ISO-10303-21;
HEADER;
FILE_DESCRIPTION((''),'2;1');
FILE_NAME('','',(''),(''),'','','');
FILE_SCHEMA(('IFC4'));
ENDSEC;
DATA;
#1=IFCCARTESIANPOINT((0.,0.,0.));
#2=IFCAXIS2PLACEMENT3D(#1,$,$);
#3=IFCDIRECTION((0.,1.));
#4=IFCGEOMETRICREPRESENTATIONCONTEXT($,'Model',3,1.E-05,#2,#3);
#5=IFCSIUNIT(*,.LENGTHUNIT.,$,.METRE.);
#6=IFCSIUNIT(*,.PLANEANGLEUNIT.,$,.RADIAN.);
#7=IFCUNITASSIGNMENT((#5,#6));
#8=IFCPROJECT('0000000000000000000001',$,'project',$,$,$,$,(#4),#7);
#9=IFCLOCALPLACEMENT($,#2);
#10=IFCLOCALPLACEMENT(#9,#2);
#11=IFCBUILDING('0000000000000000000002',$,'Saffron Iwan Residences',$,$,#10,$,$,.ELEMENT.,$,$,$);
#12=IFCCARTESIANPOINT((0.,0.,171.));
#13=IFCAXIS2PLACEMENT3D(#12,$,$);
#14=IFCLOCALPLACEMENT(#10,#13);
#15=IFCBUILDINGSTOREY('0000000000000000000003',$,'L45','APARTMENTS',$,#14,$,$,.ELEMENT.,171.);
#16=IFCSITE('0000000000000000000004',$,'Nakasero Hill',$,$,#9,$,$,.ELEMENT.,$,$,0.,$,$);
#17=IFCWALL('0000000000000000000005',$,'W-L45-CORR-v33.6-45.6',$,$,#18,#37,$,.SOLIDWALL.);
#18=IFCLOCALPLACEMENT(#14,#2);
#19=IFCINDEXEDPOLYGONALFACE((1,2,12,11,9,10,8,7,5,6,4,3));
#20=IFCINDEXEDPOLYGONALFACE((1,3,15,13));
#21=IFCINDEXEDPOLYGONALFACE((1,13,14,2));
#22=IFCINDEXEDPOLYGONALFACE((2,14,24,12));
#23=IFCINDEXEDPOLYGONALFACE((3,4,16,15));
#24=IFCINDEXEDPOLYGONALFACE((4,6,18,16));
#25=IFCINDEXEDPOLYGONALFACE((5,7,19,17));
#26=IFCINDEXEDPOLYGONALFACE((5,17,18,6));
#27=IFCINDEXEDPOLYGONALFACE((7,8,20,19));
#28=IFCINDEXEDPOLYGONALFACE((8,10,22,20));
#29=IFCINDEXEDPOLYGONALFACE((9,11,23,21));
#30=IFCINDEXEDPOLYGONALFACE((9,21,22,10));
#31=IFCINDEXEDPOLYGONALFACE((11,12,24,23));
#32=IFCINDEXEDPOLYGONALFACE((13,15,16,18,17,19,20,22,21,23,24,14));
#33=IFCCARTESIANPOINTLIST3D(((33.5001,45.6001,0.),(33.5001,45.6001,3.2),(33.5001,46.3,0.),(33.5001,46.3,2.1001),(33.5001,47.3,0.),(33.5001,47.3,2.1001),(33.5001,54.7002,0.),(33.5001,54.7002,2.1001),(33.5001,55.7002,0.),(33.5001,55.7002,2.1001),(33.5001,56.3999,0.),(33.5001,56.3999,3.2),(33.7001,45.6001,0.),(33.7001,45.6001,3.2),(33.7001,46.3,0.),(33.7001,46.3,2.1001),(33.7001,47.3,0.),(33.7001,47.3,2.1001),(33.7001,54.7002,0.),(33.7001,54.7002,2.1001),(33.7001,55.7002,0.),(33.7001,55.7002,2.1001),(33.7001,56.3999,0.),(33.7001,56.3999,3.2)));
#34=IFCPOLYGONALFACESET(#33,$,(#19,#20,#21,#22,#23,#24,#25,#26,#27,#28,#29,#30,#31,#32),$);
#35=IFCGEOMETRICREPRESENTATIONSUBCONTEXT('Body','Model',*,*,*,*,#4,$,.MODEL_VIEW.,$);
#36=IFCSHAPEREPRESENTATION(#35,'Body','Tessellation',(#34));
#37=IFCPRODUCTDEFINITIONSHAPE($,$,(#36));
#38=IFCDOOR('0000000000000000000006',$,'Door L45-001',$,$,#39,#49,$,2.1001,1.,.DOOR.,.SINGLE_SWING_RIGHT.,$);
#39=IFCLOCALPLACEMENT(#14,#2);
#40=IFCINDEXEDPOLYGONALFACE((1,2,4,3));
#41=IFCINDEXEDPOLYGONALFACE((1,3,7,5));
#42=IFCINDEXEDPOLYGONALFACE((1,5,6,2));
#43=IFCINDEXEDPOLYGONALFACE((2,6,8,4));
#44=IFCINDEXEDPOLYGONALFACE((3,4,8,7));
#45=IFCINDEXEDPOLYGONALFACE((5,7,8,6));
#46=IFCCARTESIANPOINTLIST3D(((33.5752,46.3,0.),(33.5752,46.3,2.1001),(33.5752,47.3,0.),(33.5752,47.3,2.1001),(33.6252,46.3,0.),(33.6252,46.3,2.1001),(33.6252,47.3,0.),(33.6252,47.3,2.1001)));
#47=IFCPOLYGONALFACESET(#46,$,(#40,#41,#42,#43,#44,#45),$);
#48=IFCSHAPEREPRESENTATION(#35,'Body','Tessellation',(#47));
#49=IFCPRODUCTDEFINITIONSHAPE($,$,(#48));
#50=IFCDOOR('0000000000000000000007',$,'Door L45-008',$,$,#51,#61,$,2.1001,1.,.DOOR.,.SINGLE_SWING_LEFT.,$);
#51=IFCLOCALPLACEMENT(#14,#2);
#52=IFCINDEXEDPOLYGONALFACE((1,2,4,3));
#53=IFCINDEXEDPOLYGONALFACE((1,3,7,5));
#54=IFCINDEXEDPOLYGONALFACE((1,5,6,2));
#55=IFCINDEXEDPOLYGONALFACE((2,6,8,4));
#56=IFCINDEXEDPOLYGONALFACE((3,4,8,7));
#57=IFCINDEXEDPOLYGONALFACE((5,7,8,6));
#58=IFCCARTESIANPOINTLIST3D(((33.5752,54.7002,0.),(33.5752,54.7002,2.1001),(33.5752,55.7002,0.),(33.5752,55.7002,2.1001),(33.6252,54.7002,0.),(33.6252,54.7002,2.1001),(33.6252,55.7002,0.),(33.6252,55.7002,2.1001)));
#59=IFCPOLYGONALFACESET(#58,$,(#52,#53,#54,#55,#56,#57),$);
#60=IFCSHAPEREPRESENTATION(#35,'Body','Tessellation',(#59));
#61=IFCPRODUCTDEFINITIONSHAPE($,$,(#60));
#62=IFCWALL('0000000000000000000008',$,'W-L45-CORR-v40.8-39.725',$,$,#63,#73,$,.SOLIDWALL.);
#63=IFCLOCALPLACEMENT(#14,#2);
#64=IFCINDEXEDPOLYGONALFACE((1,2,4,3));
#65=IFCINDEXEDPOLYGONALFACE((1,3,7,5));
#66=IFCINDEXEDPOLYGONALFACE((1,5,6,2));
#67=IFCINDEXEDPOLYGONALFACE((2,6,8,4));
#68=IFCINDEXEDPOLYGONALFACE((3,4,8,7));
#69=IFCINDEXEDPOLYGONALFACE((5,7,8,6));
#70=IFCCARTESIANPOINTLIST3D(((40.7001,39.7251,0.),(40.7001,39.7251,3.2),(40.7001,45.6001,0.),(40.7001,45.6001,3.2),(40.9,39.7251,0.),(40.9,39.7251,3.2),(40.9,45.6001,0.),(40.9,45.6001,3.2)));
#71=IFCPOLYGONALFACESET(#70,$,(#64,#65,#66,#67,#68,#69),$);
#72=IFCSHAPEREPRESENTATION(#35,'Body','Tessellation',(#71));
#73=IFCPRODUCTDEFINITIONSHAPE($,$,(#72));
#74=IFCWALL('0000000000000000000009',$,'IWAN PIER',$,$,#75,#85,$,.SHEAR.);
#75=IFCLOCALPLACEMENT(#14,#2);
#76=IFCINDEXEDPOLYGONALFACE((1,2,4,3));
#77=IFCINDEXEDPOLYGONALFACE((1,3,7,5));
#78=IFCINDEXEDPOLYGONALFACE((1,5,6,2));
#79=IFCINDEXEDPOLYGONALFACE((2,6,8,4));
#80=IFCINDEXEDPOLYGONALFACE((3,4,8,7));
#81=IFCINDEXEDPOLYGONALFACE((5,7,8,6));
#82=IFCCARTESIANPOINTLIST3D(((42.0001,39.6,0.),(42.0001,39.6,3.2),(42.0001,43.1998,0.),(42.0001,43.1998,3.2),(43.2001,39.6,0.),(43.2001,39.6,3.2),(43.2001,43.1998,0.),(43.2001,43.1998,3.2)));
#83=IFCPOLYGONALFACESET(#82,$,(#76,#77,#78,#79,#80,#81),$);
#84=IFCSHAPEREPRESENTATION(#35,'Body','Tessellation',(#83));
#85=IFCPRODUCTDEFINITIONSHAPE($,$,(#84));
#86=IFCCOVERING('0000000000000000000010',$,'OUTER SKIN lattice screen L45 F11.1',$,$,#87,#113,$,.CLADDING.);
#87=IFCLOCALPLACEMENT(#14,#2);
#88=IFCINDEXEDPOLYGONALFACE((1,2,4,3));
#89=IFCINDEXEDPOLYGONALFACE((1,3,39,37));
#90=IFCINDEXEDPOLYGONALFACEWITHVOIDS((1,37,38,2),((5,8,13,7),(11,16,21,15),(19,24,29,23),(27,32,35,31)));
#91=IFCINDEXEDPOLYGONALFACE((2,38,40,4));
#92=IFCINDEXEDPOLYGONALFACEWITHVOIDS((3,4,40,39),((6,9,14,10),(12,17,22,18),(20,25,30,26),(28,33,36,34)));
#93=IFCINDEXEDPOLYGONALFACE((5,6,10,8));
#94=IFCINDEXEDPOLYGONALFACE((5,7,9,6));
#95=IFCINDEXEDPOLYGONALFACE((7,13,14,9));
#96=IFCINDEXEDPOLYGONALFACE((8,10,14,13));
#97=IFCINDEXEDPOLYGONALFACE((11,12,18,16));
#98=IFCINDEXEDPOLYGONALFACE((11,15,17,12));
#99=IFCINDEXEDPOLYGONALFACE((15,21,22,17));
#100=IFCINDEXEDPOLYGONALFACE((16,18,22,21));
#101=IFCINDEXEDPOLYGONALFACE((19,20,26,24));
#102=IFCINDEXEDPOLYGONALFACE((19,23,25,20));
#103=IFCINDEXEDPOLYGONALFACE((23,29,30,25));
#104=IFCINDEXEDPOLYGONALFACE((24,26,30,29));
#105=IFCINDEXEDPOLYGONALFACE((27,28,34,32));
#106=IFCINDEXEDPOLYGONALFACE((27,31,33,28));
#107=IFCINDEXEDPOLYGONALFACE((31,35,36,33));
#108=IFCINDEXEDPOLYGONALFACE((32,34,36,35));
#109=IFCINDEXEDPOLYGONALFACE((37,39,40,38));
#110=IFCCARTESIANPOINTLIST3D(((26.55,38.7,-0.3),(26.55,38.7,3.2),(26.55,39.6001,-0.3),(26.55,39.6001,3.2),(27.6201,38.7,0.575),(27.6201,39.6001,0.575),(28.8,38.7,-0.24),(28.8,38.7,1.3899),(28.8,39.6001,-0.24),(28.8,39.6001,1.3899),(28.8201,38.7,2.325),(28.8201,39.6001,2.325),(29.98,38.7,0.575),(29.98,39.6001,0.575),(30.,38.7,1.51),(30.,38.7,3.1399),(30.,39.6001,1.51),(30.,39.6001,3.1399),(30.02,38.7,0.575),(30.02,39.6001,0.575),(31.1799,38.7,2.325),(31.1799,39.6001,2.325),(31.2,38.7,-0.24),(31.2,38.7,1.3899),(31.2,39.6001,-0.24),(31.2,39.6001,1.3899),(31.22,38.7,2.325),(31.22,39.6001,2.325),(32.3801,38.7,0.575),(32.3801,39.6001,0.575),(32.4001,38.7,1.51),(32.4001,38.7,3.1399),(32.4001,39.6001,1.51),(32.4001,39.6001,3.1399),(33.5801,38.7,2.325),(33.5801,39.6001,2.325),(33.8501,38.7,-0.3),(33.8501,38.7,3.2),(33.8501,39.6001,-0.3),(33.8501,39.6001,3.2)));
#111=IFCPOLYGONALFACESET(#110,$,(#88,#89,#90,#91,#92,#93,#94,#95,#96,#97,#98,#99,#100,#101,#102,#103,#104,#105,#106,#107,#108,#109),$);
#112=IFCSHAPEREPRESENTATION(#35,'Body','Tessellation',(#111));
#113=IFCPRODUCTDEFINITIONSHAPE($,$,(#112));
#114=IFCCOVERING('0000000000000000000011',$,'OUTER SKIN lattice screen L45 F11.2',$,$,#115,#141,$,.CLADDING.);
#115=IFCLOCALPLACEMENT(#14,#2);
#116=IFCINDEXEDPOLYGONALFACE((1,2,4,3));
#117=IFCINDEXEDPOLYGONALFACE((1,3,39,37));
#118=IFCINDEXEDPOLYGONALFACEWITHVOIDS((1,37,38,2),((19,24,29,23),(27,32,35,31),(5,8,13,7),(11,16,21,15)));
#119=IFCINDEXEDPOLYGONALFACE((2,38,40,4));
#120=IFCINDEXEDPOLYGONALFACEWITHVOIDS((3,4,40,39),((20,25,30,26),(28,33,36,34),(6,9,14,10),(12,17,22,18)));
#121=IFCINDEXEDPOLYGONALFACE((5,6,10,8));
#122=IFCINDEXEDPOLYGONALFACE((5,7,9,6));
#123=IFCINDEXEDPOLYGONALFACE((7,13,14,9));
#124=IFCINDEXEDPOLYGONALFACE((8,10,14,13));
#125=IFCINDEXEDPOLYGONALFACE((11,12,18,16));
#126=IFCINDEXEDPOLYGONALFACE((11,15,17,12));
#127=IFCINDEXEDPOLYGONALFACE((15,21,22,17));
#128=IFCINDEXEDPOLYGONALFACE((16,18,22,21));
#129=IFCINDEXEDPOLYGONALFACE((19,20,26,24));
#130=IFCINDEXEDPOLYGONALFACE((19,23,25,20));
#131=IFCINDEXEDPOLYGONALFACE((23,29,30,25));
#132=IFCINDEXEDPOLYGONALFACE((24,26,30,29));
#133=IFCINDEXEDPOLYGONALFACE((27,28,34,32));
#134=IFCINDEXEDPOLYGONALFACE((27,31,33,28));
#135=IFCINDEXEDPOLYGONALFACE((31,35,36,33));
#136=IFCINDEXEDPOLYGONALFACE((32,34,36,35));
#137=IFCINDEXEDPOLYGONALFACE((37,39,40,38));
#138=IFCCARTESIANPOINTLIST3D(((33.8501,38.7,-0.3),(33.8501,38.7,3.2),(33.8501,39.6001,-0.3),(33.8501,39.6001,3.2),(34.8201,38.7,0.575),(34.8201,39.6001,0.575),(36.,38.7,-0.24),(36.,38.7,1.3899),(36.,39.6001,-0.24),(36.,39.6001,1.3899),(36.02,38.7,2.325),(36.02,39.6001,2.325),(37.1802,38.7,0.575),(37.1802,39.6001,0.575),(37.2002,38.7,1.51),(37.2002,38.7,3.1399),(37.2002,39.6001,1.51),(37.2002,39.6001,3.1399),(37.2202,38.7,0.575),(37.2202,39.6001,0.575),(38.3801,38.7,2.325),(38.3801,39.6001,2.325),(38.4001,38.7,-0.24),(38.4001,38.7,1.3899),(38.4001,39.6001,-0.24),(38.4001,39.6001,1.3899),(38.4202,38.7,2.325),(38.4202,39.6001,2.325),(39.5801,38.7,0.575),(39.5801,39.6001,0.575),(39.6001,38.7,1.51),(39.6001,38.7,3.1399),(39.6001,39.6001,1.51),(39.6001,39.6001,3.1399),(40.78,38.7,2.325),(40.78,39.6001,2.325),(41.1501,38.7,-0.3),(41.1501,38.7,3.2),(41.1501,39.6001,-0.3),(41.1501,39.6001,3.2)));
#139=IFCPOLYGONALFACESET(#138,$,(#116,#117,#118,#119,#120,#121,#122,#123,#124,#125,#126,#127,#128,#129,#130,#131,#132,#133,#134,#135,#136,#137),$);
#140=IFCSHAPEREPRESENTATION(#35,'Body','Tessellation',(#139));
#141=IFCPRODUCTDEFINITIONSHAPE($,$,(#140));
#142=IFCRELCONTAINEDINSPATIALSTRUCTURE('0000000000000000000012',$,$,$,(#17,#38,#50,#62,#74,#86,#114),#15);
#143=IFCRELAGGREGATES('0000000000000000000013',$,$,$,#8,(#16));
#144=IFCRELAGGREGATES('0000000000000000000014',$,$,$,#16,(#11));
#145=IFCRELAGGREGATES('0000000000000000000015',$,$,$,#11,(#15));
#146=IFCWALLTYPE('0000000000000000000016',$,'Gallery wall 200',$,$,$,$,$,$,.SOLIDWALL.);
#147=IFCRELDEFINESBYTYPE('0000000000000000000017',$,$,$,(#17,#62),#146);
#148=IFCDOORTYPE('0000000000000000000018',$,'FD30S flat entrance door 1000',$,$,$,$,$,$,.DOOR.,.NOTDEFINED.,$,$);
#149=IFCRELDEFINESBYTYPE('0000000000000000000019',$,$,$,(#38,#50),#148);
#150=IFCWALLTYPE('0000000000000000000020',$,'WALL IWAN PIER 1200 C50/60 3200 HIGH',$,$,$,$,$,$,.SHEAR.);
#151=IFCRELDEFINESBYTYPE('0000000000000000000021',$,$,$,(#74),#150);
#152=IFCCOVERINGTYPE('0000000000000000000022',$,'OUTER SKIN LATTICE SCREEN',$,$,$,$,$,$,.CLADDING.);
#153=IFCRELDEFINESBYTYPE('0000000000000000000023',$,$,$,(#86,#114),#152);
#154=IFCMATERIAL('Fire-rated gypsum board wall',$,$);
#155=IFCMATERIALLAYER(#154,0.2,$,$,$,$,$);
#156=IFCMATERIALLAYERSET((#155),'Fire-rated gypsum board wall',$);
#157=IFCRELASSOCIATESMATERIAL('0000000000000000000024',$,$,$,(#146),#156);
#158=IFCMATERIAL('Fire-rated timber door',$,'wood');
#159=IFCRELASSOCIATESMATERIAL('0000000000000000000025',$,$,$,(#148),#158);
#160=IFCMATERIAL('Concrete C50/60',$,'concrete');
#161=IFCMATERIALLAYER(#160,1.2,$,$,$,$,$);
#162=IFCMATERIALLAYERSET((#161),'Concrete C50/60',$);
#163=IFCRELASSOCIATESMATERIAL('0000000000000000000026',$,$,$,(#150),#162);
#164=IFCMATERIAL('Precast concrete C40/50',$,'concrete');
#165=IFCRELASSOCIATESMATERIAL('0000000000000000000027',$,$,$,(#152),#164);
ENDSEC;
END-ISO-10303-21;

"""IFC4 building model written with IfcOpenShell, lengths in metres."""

from ifc_helpers import new_model, si_unit, direction, frame, frame_2d, origin, place, context, subcontext, project, spatial, polyline, rectangle, outline, extrude, material, layer, layer_set, type_object, element, fill, save


model = new_model("IFC4")

# Units and contexts
model_context = context("Model", 3, precision=1e-05, world=origin(), true_north=direction((0.0, 1.0)))
body_context = subcontext(model_context, "Body", "Model", "MODEL_VIEW")
ifc_project = project(units=[si_unit("LENGTHUNIT", "METRE"), si_unit("PLANEANGLEUNIT", "RADIAN")], contexts=[model_context])

# Site, building, storey
site_placement = place(None, origin())
site = spatial("IfcSite", under=ifc_project, at=site_placement, Name="Nakasero Hill", CompositionType="ELEMENT", RefElevation=0.0)
building_placement = place(site_placement, origin())
building = spatial("IfcBuilding", under=site, at=building_placement, Name="Saffron Iwan Residences", CompositionType="ELEMENT")
storey_placement = place(building_placement, frame((0.0, 0.0, 171.0)))
storey = spatial("IfcBuildingStorey", under=building, at=storey_placement, Name="L45", Description="APARTMENTS", CompositionType="ELEMENT", Elevation=171.0)

# Shared definitions
ifc_material_1 = material(Name="Concrete C50/60", Category="concrete")

# Shared definitions
ifc_material_2 = material(Name="Fire-rated gypsum board wall")
ifc_layer_1 = layer(ifc_material_2, 0.2)
ifc_layer_set_1 = layer_set([ifc_layer_1], Name="Fire-rated gypsum board wall")
wall_type_1 = type_object("IfcWallType", Name="Gallery wall 200", PredefinedType="SOLIDWALL", material=ifc_layer_set_1)

# Wall, openings, doors
wall_1_placement = place(storey_placement, frame((33.6001, 45.6001, 0.0), z_axis=(0.0, 0.0, 1.0), x_axis=(0.0, 1.0, 0.0)))
wall_1 = element("IfcWall", 1, at=wall_1_placement, inside=storey, type_object=wall_type_1, Name="W-L45-CORR-v33.6-45.6", PredefinedType="SOLIDWALL", context=body_context, shape_type="SweptSolid", body=[
    extrude(rectangle(XDim=10.7998, YDim=0.2, at=frame_2d((5.3999, 0.0))), origin(), (0.0, 0.0, 1.0), 3.2),
])
opening_1_placement = place(wall_1_placement, frame((0.7, 0.0, 0.0)))
opening_1 = element("IfcOpeningElement", 2, at=opening_1_placement, cuts=wall_1, PredefinedType="OPENING", context=body_context, shape_type="SweptSolid", body=[
    extrude(rectangle(XDim=1.0, YDim=2.1001, at=frame_2d((0.5, 1.05))), frame((0.0, 0.1099, 0.0), z_axis=(0.0, -1.0, 0.0), x_axis=(1.0, 0.0, 0.0)), (0.0, 0.0, 1.0), 0.22),
])
opening_2_placement = place(wall_1_placement, frame((9.1001, 0.0, 0.0)))
opening_2 = element("IfcOpeningElement", 3, at=opening_2_placement, cuts=wall_1, PredefinedType="OPENING", context=body_context, shape_type="SweptSolid", body=[
    extrude(rectangle(XDim=1.0, YDim=2.1001, at=frame_2d((0.5, 1.05))), frame((0.0, 0.1099, 0.0), z_axis=(0.0, -1.0, 0.0), x_axis=(1.0, 0.0, 0.0)), (0.0, 0.0, 1.0), 0.22),
])
ifc_material_3 = material(Name="Fire-rated timber door", Category="wood")
door_type_1 = type_object("IfcDoorType", Name="FD30S flat entrance door 1000", OperationType="NOTDEFINED", PredefinedType="DOOR", material=ifc_material_3)
door_1_placement = place(opening_1_placement, origin())
door_1 = element("IfcDoor", 4, at=door_1_placement, inside=storey, type_object=door_type_1, Name="Door L45-001", OperationType="SINGLE_SWING_RIGHT", OverallHeight=2.1001, OverallWidth=1.0, PredefinedType="DOOR", context=body_context, shape_type="SweptSolid", body=[
    extrude(rectangle(XDim=1.0, YDim=2.1001, at=frame_2d((0.5, 1.05))), frame((0.0, 0.0249, 0.0), z_axis=(0.0, -1.0, 0.0), x_axis=(1.0, 0.0, 0.0)), (0.0, 0.0, 1.0), 0.05),
])
fill(opening_1, door_1)
door_2_placement = place(opening_2_placement, origin())
door_2 = element("IfcDoor", 5, at=door_2_placement, inside=storey, type_object=door_type_1, Name="Door L45-008", OperationType="SINGLE_SWING_LEFT", OverallHeight=2.1001, OverallWidth=1.0, PredefinedType="DOOR", context=body_context, shape_type="SweptSolid", body=[
    extrude(rectangle(XDim=1.0, YDim=2.1001, at=frame_2d((0.5, 1.05))), frame((0.0, 0.0249, 0.0), z_axis=(0.0, -1.0, 0.0), x_axis=(1.0, 0.0, 0.0)), (0.0, 0.0, 1.0), 0.05),
])
fill(opening_2, door_2)

# Walls
wall_2_placement = place(storey_placement, frame((40.8, 39.7251, 0.0), z_axis=(0.0, 0.0, 1.0), x_axis=(0.0, 1.0, 0.0)))
element("IfcWall", 6, at=wall_2_placement, inside=storey, type_object=wall_type_1, Name="W-L45-CORR-v40.8-39.725", PredefinedType="SOLIDWALL", context=body_context, shape_type="SweptSolid", body=[
    extrude(rectangle(XDim=5.875, YDim=0.2, at=frame_2d((2.9375, 0.0))), origin(), (0.0, 0.0, 1.0), 3.2),
])
ifc_layer_2 = layer(ifc_material_1, 1.2)
ifc_layer_set_2 = layer_set([ifc_layer_2], Name="Concrete C50/60")
wall_type_2 = type_object("IfcWallType", Name="WALL IWAN PIER 1200 C50/60 3200 HIGH", PredefinedType="SHEAR", material=ifc_layer_set_2)
wall_3_placement = place(storey_placement, frame((42.6001, 39.6001, 0.0), z_axis=(0.0, 0.0, 1.0), x_axis=(0.0, 1.0, 0.0)))
element("IfcWall", 7, at=wall_3_placement, inside=storey, type_object=wall_type_2, Name="IWAN PIER", PredefinedType="SHEAR", context=body_context, shape_type="SweptSolid", body=[
    extrude(rectangle(XDim=3.5999, YDim=1.2, at=frame_2d((1.7998, 0.0))), origin(), (0.0, 0.0, 1.0), 3.2),
])

# Coverings
ifc_material_4 = material(Name="Precast concrete C40/50", Category="concrete")
covering_type = type_object("IfcCoveringType", Name="OUTER SKIN LATTICE SCREEN", PredefinedType="CLADDING", material=ifc_material_4)
covering_1_placement = place(storey_placement, frame((26.55, 39.6001, -0.3), z_axis=(0.0, -1.0, 0.0), x_axis=(1.0, 0.0, 0.0)))
element("IfcCovering", 8, at=covering_1_placement, inside=storey, type_object=covering_type, Name="OUTER SKIN lattice screen L45 F11.1", PredefinedType="CLADDING", context=body_context, shape_type="SweptSolid", body=[
    extrude(outline(polyline([(0.0, 0.0), (7.3, 0.0), (7.3, 3.5), (0.0, 3.5), (0.0, 0.0)]), holes=[polyline([(1.0701, 0.875), (2.25, 0.0601), (3.4299, 0.875), (2.25, 1.6899), (1.0701, 0.875)]), polyline([(3.47, 0.875), (4.6499, 0.0601), (5.8301, 0.875), (4.6499, 1.6899), (3.47, 0.875)]), polyline([(2.27, 2.625), (3.45, 1.8101), (4.6299, 2.625), (3.45, 3.4399), (2.27, 2.625)]), polyline([(4.6699, 2.625), (5.8501, 1.8101), (7.03, 2.625), (5.8501, 3.4399), (4.6699, 2.625)])]), origin(), (0.0, 0.0, 1.0), 0.9001),
])
covering_2_placement = place(storey_placement, frame((33.8501, 39.6001, -0.3), z_axis=(0.0, -1.0, 0.0), x_axis=(1.0, 0.0, 0.0)))
element("IfcCovering", 9, at=covering_2_placement, inside=storey, type_object=covering_type, Name="OUTER SKIN lattice screen L45 F11.2", PredefinedType="CLADDING", context=body_context, shape_type="SweptSolid", body=[
    extrude(outline(polyline([(0.0, 0.0), (7.3, 0.0), (7.3, 3.5), (0.0, 3.5), (0.0, 0.0)]), holes=[polyline([(0.97, 0.875), (2.1499, 0.0601), (3.3301, 0.875), (2.1499, 1.6899), (0.97, 0.875)]), polyline([(3.3701, 0.875), (4.55, 0.0601), (5.73, 0.875), (4.55, 1.6899), (3.3701, 0.875)]), polyline([(2.1699, 2.625), (3.3501, 1.8101), (4.53, 2.625), (3.3501, 3.4399), (2.1699, 2.625)]), polyline([(4.5701, 2.625), (5.75, 1.8101), (6.9299, 2.625), (5.75, 3.4399), (4.5701, 2.625)])]), origin(), (0.0, 0.0, 1.0), 0.9001),
])

save(model, "model.ifc")
